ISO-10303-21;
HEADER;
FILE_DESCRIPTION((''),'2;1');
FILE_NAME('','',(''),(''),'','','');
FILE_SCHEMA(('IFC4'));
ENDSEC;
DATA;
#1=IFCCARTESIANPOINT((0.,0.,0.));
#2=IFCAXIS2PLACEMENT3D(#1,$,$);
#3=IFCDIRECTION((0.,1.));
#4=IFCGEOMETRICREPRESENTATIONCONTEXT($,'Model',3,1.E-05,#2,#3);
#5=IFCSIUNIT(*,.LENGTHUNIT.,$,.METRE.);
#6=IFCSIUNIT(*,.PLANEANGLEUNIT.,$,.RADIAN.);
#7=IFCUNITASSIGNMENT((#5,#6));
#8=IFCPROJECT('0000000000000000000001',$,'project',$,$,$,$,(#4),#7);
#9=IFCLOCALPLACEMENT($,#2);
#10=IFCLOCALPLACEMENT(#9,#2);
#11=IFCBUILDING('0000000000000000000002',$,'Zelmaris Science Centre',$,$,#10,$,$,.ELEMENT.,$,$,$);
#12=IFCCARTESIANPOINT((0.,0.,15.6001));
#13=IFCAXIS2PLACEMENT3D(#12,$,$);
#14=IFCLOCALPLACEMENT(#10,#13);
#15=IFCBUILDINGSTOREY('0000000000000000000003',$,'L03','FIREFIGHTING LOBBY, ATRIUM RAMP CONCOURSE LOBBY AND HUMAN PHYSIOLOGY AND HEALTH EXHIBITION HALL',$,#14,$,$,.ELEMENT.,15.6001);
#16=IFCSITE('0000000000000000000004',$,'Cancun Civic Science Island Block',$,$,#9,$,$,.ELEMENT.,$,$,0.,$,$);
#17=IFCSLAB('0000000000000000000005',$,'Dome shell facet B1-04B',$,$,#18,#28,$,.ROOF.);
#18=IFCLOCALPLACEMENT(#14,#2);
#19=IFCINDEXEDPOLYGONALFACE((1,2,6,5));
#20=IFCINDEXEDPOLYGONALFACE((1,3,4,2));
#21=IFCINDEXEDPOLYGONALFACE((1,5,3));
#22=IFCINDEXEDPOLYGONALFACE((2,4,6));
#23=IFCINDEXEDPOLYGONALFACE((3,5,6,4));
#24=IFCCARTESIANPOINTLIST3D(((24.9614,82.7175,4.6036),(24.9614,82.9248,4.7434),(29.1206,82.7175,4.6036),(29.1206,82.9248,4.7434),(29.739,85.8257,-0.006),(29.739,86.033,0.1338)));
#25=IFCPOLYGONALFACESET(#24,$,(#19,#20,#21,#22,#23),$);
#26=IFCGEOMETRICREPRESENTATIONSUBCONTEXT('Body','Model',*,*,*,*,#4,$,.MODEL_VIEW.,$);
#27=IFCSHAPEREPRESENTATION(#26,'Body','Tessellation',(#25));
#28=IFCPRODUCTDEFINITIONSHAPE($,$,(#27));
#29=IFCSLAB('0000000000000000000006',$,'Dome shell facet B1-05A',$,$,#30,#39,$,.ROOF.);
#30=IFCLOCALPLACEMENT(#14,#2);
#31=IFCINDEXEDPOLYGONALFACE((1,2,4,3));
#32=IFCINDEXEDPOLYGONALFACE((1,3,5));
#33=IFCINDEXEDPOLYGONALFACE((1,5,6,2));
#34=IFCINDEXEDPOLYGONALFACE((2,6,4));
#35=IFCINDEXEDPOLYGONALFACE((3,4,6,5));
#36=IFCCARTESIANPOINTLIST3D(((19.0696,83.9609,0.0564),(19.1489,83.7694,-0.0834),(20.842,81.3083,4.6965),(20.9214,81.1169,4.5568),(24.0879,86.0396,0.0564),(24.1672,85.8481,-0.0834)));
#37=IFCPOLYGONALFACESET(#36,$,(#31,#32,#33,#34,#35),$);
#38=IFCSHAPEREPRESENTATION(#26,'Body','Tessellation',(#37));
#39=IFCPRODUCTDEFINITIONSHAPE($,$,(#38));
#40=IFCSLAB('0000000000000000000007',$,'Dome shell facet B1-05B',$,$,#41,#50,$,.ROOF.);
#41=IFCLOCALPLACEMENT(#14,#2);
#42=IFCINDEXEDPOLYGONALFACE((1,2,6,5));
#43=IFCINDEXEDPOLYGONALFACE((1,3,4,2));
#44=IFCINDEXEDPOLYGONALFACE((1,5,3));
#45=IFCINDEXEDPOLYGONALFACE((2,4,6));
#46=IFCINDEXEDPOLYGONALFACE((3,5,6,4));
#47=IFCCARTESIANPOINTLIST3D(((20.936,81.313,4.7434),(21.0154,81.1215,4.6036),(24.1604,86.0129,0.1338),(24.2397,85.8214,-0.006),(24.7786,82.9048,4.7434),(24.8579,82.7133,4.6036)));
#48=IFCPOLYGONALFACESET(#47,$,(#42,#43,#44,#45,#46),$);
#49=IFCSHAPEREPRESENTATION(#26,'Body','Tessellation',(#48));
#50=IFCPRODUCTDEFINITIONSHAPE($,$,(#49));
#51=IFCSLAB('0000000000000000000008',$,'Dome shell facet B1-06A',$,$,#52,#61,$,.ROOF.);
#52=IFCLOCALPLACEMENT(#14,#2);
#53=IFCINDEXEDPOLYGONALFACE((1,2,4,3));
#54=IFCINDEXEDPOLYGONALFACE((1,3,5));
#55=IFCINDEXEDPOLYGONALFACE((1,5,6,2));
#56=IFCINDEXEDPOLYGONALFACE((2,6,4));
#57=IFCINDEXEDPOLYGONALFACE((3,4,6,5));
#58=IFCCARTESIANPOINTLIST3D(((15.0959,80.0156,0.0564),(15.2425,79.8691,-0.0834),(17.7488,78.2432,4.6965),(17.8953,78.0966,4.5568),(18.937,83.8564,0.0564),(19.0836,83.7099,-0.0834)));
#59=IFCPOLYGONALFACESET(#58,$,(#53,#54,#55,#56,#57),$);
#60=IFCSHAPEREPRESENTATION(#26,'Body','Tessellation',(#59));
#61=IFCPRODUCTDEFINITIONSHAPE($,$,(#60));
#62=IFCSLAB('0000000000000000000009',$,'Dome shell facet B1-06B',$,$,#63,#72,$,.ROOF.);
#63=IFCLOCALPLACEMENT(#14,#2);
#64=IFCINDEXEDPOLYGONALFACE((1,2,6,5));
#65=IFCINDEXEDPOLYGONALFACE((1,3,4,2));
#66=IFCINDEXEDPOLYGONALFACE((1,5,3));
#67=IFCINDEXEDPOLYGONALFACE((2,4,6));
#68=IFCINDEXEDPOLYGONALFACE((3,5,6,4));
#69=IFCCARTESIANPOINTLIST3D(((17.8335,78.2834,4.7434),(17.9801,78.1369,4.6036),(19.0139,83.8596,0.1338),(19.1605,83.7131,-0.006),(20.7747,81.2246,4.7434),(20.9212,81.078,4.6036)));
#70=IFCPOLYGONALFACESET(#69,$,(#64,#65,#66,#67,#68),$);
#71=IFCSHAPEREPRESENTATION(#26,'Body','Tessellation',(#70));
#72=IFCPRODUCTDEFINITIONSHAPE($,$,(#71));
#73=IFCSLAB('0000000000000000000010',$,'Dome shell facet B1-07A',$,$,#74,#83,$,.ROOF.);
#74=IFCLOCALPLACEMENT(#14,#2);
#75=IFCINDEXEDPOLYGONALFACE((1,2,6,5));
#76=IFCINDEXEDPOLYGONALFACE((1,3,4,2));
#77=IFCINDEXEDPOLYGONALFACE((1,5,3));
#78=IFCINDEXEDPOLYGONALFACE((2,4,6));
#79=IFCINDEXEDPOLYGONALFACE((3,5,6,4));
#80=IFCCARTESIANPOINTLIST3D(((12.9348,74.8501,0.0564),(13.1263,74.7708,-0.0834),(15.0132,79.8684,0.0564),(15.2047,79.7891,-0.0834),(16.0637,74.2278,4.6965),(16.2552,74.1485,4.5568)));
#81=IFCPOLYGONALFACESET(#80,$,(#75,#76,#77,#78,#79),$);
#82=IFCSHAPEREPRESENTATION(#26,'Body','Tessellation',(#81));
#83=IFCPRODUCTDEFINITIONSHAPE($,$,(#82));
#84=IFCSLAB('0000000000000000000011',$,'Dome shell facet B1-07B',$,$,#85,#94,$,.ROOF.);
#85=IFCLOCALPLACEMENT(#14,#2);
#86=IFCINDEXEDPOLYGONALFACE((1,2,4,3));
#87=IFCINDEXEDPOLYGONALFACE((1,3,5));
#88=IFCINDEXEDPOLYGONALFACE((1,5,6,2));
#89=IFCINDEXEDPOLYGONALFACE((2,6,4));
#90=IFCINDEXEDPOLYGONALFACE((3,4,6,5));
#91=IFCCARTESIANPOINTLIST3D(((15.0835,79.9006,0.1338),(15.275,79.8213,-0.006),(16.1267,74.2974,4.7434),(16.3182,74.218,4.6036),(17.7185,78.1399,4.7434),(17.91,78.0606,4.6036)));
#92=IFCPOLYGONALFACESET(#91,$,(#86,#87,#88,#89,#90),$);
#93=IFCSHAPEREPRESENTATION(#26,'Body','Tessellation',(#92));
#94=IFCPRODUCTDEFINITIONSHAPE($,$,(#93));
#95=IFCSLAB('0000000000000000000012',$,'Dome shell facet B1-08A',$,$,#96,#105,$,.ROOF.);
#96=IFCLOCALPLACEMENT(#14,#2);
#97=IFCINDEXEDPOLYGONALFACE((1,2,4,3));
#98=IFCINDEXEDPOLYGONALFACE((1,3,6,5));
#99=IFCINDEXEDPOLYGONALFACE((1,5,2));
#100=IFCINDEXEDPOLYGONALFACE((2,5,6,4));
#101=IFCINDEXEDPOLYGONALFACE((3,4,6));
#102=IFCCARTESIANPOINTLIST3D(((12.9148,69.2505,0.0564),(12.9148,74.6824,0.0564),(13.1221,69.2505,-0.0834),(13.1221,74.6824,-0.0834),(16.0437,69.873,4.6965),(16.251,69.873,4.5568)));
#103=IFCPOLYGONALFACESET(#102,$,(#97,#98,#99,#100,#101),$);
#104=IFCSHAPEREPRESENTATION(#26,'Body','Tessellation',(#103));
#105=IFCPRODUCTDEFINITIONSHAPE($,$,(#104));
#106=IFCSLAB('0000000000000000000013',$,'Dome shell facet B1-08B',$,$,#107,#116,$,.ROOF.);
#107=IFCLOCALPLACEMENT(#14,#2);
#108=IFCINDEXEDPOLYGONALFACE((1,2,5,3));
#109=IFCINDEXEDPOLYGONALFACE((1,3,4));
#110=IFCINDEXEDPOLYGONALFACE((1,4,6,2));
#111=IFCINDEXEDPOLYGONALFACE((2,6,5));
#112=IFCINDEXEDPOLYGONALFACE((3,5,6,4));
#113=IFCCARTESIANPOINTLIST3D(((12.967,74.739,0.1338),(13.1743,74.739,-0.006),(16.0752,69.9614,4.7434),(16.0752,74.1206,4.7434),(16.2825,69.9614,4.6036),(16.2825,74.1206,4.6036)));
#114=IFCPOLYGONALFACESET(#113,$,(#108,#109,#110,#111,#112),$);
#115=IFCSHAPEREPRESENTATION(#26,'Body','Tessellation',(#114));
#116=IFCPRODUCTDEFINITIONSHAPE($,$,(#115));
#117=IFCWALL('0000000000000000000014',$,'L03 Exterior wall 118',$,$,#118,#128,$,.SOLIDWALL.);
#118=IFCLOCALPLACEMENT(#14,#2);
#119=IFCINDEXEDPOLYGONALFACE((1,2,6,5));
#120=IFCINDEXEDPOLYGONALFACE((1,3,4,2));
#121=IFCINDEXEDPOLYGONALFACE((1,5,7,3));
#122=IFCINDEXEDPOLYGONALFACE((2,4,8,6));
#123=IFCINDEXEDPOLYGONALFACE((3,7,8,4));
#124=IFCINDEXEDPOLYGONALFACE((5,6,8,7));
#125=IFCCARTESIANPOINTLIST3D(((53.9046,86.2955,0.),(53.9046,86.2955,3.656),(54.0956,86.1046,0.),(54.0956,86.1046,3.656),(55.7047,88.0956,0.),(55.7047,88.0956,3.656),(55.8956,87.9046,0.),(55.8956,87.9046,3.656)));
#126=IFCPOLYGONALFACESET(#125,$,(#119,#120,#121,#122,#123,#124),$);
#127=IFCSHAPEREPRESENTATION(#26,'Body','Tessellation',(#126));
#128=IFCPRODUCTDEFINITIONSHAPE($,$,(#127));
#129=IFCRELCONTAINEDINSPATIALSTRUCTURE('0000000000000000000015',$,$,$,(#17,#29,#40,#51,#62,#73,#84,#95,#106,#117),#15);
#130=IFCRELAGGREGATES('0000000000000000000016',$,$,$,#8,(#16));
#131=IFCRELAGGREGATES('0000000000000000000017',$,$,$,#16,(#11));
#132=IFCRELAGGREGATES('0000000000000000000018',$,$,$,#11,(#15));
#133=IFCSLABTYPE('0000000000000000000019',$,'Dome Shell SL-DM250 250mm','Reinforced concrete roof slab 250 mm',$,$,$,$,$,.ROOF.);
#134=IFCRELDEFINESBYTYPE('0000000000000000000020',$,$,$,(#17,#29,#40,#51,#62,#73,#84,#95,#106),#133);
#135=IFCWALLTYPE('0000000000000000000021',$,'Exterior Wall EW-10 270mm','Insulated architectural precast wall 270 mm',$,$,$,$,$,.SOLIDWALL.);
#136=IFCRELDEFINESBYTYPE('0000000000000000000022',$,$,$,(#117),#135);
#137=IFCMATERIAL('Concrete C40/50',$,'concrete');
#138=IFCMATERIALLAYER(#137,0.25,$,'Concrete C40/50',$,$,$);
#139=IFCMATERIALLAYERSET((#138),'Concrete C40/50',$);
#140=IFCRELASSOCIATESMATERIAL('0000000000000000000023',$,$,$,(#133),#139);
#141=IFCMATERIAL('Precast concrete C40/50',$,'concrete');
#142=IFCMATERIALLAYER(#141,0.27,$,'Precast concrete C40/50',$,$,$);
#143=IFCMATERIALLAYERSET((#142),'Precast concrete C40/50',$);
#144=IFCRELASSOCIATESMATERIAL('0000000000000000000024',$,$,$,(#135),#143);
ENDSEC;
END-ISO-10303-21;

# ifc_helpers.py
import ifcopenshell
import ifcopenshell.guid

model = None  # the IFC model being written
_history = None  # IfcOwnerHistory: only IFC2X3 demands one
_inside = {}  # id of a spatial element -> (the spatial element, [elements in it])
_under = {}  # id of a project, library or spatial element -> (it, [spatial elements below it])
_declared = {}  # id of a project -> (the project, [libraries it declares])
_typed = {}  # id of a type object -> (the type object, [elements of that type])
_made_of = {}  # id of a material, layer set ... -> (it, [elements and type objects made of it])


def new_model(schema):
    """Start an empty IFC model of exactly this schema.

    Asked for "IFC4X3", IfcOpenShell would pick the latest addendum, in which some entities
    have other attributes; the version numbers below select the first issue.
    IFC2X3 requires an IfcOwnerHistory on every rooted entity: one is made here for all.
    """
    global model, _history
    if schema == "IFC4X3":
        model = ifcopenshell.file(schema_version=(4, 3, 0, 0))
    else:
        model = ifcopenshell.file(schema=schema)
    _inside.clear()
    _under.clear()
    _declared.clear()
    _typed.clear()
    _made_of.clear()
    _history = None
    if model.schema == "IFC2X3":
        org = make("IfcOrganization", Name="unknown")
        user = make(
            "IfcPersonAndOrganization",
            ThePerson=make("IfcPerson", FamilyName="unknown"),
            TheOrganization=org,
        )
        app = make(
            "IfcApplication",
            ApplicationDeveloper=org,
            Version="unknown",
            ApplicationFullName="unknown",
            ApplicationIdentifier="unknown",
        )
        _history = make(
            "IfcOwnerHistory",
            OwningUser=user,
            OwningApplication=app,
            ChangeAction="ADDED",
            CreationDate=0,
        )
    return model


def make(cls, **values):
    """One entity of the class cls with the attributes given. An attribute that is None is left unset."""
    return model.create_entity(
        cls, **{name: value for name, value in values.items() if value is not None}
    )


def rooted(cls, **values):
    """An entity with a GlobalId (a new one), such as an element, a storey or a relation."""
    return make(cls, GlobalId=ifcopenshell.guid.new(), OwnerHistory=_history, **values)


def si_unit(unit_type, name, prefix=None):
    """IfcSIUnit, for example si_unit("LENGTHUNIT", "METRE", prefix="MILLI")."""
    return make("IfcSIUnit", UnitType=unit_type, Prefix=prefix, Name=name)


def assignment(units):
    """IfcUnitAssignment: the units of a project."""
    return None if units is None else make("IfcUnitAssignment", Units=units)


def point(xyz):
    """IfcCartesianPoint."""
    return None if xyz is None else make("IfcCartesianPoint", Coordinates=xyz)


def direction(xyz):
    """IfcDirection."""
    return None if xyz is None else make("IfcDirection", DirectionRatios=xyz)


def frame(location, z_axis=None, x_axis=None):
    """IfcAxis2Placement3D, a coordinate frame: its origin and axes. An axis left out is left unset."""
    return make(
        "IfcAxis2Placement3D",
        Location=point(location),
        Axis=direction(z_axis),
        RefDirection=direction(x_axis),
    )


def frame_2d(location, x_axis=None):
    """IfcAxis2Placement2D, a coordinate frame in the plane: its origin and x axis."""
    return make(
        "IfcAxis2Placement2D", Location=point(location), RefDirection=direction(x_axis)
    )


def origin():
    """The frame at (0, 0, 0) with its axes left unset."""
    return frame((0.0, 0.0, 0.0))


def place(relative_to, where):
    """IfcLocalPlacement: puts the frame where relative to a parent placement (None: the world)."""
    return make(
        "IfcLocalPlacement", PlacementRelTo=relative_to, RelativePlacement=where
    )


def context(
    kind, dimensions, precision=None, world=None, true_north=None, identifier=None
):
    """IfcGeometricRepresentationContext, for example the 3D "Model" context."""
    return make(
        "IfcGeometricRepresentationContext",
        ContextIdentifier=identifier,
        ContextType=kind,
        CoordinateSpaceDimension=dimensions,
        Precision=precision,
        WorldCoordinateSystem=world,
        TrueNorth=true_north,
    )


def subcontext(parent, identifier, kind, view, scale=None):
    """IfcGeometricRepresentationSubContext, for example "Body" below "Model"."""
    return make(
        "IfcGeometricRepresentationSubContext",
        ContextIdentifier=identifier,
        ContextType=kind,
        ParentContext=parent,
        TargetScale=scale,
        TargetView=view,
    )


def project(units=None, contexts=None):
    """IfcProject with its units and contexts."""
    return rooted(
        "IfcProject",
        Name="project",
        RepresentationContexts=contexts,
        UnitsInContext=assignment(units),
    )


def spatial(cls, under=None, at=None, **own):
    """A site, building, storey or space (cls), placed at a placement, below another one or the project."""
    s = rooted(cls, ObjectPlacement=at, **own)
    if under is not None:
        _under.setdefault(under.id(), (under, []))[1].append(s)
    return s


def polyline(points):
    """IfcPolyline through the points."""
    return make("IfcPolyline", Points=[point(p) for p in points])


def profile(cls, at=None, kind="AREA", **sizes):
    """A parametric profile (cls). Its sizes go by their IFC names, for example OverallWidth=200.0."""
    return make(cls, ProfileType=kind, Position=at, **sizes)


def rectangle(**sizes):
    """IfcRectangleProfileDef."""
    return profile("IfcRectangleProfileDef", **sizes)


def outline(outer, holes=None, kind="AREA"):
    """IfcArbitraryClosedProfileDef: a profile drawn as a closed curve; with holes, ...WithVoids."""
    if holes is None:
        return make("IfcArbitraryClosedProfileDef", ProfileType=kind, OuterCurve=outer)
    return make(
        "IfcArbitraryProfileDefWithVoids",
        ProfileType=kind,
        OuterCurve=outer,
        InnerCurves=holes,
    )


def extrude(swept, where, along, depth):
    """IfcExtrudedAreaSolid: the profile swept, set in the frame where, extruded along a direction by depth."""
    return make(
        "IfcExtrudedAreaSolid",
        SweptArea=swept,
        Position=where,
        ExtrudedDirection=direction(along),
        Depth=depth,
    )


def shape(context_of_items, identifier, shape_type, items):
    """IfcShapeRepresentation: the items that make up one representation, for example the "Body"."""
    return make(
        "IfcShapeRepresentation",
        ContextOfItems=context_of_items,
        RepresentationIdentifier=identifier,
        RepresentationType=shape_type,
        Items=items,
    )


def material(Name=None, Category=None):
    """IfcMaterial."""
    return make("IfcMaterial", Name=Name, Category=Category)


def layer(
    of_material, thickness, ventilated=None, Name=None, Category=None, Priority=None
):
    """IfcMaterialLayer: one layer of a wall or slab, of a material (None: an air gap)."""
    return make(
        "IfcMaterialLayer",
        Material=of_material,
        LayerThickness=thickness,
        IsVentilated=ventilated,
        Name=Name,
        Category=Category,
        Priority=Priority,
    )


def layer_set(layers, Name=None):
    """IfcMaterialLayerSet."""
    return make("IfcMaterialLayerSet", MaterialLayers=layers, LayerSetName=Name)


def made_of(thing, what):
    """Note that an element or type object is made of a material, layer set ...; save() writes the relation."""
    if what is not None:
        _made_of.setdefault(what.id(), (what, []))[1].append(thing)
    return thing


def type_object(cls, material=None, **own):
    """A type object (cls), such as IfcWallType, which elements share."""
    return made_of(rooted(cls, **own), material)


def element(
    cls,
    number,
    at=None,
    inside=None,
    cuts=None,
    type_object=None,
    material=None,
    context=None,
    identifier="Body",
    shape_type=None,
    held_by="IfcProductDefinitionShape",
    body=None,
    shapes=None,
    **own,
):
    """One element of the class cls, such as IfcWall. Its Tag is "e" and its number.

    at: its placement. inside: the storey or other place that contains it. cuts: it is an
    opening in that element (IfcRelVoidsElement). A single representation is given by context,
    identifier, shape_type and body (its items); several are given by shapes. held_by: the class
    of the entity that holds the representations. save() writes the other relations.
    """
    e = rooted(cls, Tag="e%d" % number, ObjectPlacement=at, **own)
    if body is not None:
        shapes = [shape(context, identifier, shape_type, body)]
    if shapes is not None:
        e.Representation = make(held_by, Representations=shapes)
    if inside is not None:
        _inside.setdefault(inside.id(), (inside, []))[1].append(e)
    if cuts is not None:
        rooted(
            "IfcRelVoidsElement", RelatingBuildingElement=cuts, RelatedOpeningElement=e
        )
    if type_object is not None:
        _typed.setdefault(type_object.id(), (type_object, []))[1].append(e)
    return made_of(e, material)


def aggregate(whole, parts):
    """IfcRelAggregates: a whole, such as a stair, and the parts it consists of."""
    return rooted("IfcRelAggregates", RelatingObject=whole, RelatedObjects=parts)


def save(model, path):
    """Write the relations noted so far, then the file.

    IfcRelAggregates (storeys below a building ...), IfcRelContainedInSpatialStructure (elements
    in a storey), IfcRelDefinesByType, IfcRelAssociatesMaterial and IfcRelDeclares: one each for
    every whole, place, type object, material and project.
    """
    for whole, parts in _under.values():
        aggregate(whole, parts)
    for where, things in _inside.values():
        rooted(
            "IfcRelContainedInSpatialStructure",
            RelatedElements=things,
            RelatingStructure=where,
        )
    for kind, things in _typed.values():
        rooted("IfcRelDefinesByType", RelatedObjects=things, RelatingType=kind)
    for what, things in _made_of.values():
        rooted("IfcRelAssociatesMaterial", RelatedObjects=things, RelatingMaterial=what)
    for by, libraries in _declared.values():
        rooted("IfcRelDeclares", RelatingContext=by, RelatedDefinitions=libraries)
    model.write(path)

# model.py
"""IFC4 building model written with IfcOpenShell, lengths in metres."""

from ifc_helpers import new_model, si_unit, direction, frame, frame_2d, origin, place, context, subcontext, project, spatial, polyline, rectangle, outline, extrude, material, layer, layer_set, type_object, element, save


model = new_model("IFC4")

# Units and contexts
model_context = context("Model", 3, precision=1e-05, world=origin(), true_north=direction((0.0, 1.0)))
body_context = subcontext(model_context, "Body", "Model", "MODEL_VIEW")
ifc_project = project(units=[si_unit("LENGTHUNIT", "METRE"), si_unit("PLANEANGLEUNIT", "RADIAN")], contexts=[model_context])

# Site, building, storey
site_placement = place(None, origin())
site = spatial("IfcSite", under=ifc_project, at=site_placement, Name="Cancun Civic Science Island Block", CompositionType="ELEMENT", RefElevation=0.0)
building_placement = place(site_placement, origin())
building = spatial("IfcBuilding", under=site, at=building_placement, Name="Zelmaris Science Centre", CompositionType="ELEMENT")
storey_placement = place(building_placement, frame((0.0, 0.0, 15.6001)))
storey = spatial("IfcBuildingStorey", under=building, at=storey_placement, Name="L03", Description="FIREFIGHTING LOBBY, ATRIUM RAMP CONCOURSE LOBBY AND HUMAN PHYSIOLOGY AND HEALTH EXHIBITION HALL", CompositionType="ELEMENT", Elevation=15.6001)

# Shared definitions
ifc_material_1 = material(Name="Concrete C40/50", Category="concrete")

# Slabs
ifc_layer_1 = layer(ifc_material_1, 0.25, Name="Concrete C40/50")
ifc_layer_set_1 = layer_set([ifc_layer_1], Name="Concrete C40/50")
slab_type = type_object("IfcSlabType", Name="Dome Shell SL-DM250 250mm", Description="Reinforced concrete roof slab 250 mm", PredefinedType="ROOF", material=ifc_layer_set_1)
slab_1_placement = place(storey_placement, frame((29.739, 86.033, 0.1338), z_axis=(0.0, 0.829127, 0.55906), x_axis=(-0.651751, -0.42401, 0.628837)))
element("IfcSlab", 1, at=slab_1_placement, inside=storey, type_object=slab_type, Name="Dome shell facet B1-04B", PredefinedType="ROOF", context=body_context, shape_type="SweptSolid", body=[
    extrude(outline(polyline([(0.0, 0.0), (7.3304, 0.0), (4.6196, 3.1545), (0.0, 0.0)])), origin(), (0.0, 0.0, -1.0), 0.25),
])
slab_2_placement = place(storey_placement, frame((24.0879, 86.0396, 0.0564), z_axis=(-0.317281, 0.765998, 0.559088), x_axis=(-0.923882, -0.382677, 0.0)))
element("IfcSlab", 2, at=slab_2_placement, inside=storey, type_object=slab_type, Name="Dome shell facet B1-05A", PredefinedType="ROOF", context=body_context, shape_type="SweptSolid", body=[
    extrude(outline(polyline([(0.0, 0.0), (5.4318, 0.0), (4.8093, 5.5965), (0.0, 0.0)])), origin(), (0.0, 0.0, -1.0), 0.25),
])
slab_3_placement = place(storey_placement, frame((24.1604, 86.0129, 0.1338), z_axis=(-0.317324, 0.766006, 0.559053), x_axis=(-0.439863, -0.64116, 0.628837)))
element("IfcSlab", 3, at=slab_3_placement, inside=storey, type_object=slab_type, Name="Dome shell facet B1-05B", PredefinedType="ROOF", context=body_context, shape_type="SweptSolid", body=[
    extrude(outline(polyline([(0.0, 0.0), (7.3304, 0.0), (4.6196, 3.1544), (0.0, 0.0)])), origin(), (0.0, 0.0, -1.0), 0.25),
])
slab_4_placement = place(storey_placement, frame((18.937, 83.8564, 0.0564), z_axis=(-0.586239, 0.586276, 0.55911), x_axis=(-0.707129, -0.707084, 0.0)))
element("IfcSlab", 4, at=slab_4_placement, inside=storey, type_object=slab_type, Name="Dome shell facet B1-06A", PredefinedType="ROOF", context=body_context, shape_type="SweptSolid", body=[
    extrude(outline(polyline([(0.0, 0.0), (5.4319, 0.0), (4.8093, 5.5966), (0.0, 0.0)])), origin(), (0.0, 0.0, -1.0), 0.25),
])
slab_5_placement = place(storey_placement, frame((19.0139, 83.8596, 0.1338), z_axis=(-0.586275, 0.586275, 0.559074), x_axis=(-0.161029, -0.760685, 0.628831)))
element("IfcSlab", 5, at=slab_5_placement, inside=storey, type_object=slab_type, Name="Dome shell facet B1-06B", PredefinedType="ROOF", context=body_context, shape_type="SweptSolid", body=[
    extrude(outline(polyline([(0.0, 0.0), (7.3305, 0.0), (4.6196, 3.1547), (0.0, 0.0)])), origin(), (0.0, 0.0, -1.0), 0.25),
])
slab_6_placement = place(storey_placement, frame((15.0132, 79.8684, 0.0564), z_axis=(-0.766015, 0.317251, 0.559082), x_axis=(-0.382639, -0.923898, 0.0)))
element("IfcSlab", 6, at=slab_6_placement, inside=storey, type_object=slab_type, Name="Dome shell facet B1-07A", PredefinedType="ROOF", context=body_context, shape_type="SweptSolid", body=[
    extrude(outline(polyline([(0.0, 0.0), (5.4317, 0.0), (4.8094, 5.5965), (0.0, 0.0)])), origin(), (0.0, 0.0, -1.0), 0.25),
])
slab_7_placement = place(storey_placement, frame((15.0835, 79.9006, 0.1338), z_axis=(-0.765993, 0.317319, 0.559074), x_axis=(0.142315, -0.764397, 0.628843)))
element("IfcSlab", 7, at=slab_7_placement, inside=storey, type_object=slab_type, Name="Dome shell facet B1-07B", PredefinedType="ROOF", context=body_context, shape_type="SweptSolid", body=[
    extrude(outline(polyline([(0.0, 0.0), (7.3303, 0.0), (4.6196, 3.1545), (0.0, 0.0)])), origin(), (0.0, 0.0, -1.0), 0.25),
])
slab_8_placement = place(storey_placement, frame((12.9148, 74.6824, 0.0564), z_axis=(-0.829113, 0.0, 0.559082), x_axis=(0.0, -1.0, 0.0)))
element("IfcSlab", 8, at=slab_8_placement, inside=storey, type_object=slab_type, Name="Dome shell facet B1-08A", PredefinedType="ROOF", context=body_context, shape_type="SweptSolid", body=[
    extrude(outline(polyline([(0.0, 0.0), (5.4319, 0.0), (4.8093, 5.5965), (0.0, 0.0)])), origin(), (0.0, 0.0, -1.0), 0.25),
])
slab_9_placement = place(storey_placement, frame((12.967, 74.739, 0.1338), z_axis=(-0.829127, 0.0, 0.55906), x_axis=(0.42401, -0.651751, 0.628837)))
element("IfcSlab", 9, at=slab_9_placement, inside=storey, type_object=slab_type, Name="Dome shell facet B1-08B", PredefinedType="ROOF", context=body_context, shape_type="SweptSolid", body=[
    extrude(outline(polyline([(0.0, 0.0), (7.3304, 0.0), (4.6196, 3.1545), (0.0, 0.0)])), origin(), (0.0, 0.0, -1.0), 0.25),
])

# Wall
ifc_material_2 = material(Name="Precast concrete C40/50", Category="concrete")
ifc_layer_2 = layer(ifc_material_2, 0.27, Name="Precast concrete C40/50")
ifc_layer_set_2 = layer_set([ifc_layer_2], Name="Precast concrete C40/50")
wall_type = type_object("IfcWallType", Name="Exterior Wall EW-10 270mm", Description="Insulated architectural precast wall 270 mm", PredefinedType="SOLIDWALL", material=ifc_layer_set_2)
wall_placement = place(storey_placement, frame((54.0, 86.2, 0.0), z_axis=(0.0, 0.0, 1.0), x_axis=(0.707107, 0.707107, 0.0)))
element("IfcWall", 10, at=wall_placement, inside=storey, type_object=wall_type, Name="L03 Exterior wall 118", PredefinedType="SOLIDWALL", context=body_context, shape_type="SweptSolid", body=[
    extrude(rectangle(XDim=2.5457, YDim=0.27, at=frame_2d((1.2729, 0.0))), origin(), (0.0, 0.0, 1.0), 3.656),
])

save(model, "model.ifc")
